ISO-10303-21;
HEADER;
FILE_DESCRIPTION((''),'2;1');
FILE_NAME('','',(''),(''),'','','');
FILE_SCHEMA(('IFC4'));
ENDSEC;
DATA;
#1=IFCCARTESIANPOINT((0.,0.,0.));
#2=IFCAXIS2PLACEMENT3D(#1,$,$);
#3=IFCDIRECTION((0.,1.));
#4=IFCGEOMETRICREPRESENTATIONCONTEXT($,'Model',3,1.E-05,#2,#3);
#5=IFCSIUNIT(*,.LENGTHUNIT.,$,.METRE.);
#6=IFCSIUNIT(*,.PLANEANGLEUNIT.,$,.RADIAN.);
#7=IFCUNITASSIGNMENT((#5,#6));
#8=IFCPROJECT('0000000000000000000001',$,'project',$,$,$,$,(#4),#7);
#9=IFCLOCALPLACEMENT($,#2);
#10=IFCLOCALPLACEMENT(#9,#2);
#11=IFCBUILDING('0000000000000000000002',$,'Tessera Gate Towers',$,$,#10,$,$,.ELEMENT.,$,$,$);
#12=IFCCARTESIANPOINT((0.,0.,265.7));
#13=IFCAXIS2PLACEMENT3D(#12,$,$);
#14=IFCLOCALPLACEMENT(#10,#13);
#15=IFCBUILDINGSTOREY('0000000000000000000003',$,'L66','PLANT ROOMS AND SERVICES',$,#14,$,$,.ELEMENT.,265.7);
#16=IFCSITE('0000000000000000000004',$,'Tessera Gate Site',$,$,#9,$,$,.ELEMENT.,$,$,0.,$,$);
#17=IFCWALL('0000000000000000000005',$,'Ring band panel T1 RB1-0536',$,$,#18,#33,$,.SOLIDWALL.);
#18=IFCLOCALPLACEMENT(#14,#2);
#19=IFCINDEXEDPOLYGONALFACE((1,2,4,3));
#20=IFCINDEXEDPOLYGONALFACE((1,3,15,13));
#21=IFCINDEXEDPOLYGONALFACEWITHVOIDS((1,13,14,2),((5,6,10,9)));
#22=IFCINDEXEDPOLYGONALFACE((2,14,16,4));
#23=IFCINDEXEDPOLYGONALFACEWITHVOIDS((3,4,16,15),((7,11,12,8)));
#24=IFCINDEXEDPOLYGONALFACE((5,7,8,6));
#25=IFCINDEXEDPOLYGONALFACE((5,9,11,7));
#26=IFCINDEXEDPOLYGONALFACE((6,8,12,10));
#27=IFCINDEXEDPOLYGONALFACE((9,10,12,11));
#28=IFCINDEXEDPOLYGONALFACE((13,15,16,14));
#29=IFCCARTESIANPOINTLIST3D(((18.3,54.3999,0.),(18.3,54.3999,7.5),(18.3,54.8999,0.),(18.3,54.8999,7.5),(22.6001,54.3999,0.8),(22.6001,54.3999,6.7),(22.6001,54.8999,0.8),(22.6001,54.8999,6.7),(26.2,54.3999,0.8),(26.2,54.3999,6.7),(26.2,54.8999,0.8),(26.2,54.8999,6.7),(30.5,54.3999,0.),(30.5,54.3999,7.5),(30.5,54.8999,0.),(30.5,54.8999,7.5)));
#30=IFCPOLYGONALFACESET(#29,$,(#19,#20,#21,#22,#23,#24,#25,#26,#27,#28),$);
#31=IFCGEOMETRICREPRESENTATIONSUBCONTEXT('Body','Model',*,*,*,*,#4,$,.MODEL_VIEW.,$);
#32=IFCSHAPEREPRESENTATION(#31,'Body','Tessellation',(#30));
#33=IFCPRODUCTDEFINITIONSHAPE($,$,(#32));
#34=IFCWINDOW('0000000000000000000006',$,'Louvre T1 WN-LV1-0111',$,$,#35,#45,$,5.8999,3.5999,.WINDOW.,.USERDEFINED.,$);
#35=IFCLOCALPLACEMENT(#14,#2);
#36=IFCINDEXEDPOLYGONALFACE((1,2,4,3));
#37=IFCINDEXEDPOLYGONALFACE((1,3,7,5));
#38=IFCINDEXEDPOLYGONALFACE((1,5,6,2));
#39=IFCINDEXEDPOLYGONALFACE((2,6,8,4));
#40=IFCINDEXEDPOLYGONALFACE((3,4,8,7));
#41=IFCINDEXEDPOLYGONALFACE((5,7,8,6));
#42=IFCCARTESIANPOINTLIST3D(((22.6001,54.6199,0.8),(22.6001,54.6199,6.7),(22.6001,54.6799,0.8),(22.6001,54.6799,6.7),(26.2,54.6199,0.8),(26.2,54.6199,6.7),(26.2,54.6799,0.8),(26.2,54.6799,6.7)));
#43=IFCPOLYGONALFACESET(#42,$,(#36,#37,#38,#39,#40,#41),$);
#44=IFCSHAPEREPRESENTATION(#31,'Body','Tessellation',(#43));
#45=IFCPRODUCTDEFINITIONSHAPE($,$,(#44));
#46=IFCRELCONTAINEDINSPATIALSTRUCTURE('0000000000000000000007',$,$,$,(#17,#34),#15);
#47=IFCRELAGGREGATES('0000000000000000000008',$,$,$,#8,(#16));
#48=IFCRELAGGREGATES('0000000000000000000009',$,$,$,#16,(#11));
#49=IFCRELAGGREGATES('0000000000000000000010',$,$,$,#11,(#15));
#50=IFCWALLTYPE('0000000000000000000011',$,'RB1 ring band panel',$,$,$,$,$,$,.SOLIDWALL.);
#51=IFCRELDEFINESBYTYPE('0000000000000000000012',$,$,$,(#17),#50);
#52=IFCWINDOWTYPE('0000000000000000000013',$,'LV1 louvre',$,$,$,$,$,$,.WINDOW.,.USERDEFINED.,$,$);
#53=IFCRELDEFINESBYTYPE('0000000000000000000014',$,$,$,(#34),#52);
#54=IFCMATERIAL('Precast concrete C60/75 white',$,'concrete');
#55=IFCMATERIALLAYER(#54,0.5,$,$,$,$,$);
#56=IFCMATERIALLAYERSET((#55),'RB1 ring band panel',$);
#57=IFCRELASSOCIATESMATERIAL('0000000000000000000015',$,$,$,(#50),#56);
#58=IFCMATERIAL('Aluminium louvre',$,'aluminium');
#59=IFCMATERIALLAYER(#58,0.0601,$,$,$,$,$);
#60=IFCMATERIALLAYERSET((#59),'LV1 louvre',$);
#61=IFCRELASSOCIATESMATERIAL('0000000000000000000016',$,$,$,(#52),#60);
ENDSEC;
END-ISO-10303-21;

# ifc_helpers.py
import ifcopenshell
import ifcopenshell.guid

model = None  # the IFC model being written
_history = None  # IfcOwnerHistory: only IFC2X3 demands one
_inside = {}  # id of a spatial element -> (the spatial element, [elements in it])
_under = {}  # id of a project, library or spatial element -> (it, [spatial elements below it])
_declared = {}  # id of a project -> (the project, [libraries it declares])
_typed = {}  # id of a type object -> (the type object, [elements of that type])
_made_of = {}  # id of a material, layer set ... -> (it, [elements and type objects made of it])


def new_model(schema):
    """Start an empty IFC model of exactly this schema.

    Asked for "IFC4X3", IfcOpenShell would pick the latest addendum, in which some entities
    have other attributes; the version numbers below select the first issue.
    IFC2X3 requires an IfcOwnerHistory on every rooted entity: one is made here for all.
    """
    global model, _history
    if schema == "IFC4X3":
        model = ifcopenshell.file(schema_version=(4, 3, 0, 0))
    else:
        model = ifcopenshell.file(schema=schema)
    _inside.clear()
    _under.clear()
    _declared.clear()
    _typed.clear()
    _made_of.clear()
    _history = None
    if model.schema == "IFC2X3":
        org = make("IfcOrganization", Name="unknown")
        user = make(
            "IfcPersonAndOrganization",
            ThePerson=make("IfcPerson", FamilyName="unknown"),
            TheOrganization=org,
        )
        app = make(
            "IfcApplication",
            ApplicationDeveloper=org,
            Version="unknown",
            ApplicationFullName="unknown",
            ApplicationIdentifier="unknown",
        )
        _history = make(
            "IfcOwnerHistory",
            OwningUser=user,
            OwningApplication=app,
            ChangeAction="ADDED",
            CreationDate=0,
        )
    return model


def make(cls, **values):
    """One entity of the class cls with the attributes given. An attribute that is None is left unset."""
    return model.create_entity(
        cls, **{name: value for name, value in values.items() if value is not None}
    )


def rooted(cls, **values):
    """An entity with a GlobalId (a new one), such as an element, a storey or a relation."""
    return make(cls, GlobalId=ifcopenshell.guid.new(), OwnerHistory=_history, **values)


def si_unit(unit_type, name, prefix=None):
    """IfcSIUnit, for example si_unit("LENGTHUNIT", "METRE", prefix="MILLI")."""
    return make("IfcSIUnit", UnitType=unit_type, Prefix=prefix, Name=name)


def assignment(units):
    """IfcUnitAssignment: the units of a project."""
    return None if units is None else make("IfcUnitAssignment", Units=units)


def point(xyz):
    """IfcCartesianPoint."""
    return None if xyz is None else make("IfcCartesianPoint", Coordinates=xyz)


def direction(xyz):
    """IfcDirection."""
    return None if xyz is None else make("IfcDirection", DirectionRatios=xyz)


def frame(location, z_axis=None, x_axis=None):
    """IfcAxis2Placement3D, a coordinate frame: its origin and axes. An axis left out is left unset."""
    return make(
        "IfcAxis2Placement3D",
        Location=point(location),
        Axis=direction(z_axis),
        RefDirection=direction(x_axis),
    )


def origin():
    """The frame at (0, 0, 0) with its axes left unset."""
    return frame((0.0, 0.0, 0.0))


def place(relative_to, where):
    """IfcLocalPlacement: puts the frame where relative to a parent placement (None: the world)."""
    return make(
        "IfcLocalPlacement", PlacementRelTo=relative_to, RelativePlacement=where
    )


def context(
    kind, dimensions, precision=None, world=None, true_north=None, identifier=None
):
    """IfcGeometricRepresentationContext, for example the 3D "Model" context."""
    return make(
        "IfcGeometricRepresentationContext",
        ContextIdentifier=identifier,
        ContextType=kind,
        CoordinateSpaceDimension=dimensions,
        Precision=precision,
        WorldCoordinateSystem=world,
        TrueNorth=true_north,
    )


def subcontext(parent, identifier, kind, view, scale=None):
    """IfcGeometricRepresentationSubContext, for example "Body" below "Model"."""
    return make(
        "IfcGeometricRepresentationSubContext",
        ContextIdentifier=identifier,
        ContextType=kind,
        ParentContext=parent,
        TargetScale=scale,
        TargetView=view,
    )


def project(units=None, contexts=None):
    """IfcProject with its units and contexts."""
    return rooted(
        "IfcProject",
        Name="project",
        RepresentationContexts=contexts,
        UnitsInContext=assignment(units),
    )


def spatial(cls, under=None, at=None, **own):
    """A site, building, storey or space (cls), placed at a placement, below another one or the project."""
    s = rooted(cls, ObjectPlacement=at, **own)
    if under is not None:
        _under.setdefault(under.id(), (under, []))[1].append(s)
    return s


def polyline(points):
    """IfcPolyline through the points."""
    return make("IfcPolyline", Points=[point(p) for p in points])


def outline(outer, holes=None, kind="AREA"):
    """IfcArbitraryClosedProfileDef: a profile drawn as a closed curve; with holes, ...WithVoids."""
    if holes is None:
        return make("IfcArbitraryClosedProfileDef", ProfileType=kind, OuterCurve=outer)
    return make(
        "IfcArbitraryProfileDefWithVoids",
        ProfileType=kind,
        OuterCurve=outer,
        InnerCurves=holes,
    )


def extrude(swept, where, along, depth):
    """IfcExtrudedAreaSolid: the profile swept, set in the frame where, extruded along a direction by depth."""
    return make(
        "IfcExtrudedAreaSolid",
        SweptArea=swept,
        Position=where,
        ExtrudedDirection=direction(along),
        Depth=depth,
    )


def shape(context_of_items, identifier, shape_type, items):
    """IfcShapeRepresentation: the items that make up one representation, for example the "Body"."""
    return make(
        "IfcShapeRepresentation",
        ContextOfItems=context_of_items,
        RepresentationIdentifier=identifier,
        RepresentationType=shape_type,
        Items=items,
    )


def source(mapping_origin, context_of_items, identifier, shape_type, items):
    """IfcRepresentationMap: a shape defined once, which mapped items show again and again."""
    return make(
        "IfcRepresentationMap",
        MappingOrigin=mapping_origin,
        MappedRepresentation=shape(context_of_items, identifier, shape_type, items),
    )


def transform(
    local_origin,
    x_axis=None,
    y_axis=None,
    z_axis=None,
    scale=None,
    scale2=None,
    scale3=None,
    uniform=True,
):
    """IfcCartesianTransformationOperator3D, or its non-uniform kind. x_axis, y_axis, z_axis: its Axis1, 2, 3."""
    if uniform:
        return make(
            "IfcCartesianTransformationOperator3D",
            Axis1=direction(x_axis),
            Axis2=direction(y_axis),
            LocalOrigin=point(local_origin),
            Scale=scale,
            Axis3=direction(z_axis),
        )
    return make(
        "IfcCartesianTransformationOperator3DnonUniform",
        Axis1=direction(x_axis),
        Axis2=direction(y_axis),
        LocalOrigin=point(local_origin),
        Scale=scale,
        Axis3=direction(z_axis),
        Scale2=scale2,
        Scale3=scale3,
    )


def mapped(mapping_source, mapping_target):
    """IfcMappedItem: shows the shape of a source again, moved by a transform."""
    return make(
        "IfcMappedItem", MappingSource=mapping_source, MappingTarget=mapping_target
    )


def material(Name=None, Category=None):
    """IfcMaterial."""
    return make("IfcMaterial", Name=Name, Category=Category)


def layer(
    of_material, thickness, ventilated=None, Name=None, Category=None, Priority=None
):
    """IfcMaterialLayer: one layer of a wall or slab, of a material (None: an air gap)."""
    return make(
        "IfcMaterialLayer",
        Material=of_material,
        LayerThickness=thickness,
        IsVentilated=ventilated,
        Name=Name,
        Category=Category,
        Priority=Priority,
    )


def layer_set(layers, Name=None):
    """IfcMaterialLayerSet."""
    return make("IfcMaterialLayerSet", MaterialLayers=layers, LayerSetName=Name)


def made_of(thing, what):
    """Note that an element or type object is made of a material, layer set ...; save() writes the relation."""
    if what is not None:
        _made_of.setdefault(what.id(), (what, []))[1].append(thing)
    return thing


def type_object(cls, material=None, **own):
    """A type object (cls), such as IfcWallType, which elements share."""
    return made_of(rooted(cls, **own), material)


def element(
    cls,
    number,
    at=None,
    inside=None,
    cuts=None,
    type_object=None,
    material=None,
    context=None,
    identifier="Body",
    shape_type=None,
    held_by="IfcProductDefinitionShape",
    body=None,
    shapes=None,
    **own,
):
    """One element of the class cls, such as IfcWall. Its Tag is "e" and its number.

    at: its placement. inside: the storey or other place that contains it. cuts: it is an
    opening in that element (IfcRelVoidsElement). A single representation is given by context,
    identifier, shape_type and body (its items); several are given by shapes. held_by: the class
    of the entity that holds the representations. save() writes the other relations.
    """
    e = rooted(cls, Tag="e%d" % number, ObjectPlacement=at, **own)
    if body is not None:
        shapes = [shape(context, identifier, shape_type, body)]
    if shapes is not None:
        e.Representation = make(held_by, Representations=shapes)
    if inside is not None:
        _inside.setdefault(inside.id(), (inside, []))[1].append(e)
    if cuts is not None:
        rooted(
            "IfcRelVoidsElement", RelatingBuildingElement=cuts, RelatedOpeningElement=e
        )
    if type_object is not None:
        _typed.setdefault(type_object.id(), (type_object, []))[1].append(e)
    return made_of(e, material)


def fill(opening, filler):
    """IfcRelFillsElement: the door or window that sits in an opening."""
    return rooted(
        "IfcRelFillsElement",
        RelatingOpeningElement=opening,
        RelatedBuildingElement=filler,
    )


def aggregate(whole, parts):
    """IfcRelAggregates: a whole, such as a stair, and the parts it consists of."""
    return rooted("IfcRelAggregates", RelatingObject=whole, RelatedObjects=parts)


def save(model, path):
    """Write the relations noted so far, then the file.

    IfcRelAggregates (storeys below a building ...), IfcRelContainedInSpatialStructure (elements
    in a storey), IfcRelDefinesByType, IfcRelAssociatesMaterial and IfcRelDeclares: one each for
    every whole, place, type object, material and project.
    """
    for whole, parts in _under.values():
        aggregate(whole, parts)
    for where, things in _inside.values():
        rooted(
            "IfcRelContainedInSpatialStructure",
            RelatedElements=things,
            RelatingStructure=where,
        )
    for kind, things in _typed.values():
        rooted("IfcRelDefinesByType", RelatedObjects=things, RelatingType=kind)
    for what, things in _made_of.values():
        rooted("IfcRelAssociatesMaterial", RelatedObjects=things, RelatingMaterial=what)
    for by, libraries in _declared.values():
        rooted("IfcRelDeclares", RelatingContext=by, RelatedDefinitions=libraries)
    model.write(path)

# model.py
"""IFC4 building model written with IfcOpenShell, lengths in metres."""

from ifc_helpers import new_model, si_unit, direction, frame, origin, place, context, subcontext, project, spatial, polyline, outline, extrude, source, transform, mapped, material, layer, layer_set, type_object, element, fill, save


model = new_model("IFC4")

# Units and contexts
model_context = context("Model", 3, precision=1e-05, world=origin(), true_north=direction((0.0, 1.0)))
body_context = subcontext(model_context, "Body", "Model", "MODEL_VIEW")
ifc_project = project(units=[si_unit("LENGTHUNIT", "METRE"), si_unit("PLANEANGLEUNIT", "RADIAN")], contexts=[model_context])

# Site, building, storey
site_placement = place(None, origin())
site = spatial("IfcSite", under=ifc_project, at=site_placement, Name="Tessera Gate Site", CompositionType="ELEMENT", RefElevation=0.0)
building_placement = place(site_placement, origin())
building = spatial("IfcBuilding", under=site, at=building_placement, Name="Tessera Gate Towers", CompositionType="ELEMENT")
storey_placement = place(building_placement, frame((0.0, 0.0, 265.7)))
storey = spatial("IfcBuildingStorey", under=building, at=storey_placement, Name="L66", Description="PLANT ROOMS AND SERVICES", CompositionType="ELEMENT", Elevation=265.7)

# Wall, opening, window
ifc_material_1 = material(Name="Precast concrete C60/75 white", Category="concrete")
ifc_layer_1 = layer(ifc_material_1, 0.5)
ifc_layer_set_1 = layer_set([ifc_layer_1], Name="RB1 ring band panel")
wall_type_1 = type_object("IfcWallType", Name="RB1 ring band panel", PredefinedType="SOLIDWALL", material=ifc_layer_set_1)
shared_shape_1 = source(origin(), body_context, "Body", "SweptSolid", [
    extrude(outline(polyline([(0.0, 0.0), (12.2, 0.0), (12.2, 7.5), (0.0, 7.5), (0.0, 0.0)])), frame((0.0, 0.25, 0.0), z_axis=(0.0, -1.0, 0.0), x_axis=(1.0, 0.0, 0.0)), (0.0, 0.0, 1.0), 0.5),
])
wall_1_placement = place(storey_placement, frame((30.5, 54.6499, 0.0), z_axis=(0.0, 0.0, 1.0), x_axis=(-1.0, 0.0, 0.0)))
wall_1 = element("IfcWall", 1, at=wall_1_placement, inside=storey, type_object=wall_type_1, Name="Ring band panel T1 RB1-0536", PredefinedType="SOLIDWALL", context=body_context, shape_type="MappedRepresentation", body=[
    mapped(shared_shape_1, transform((0.0, 0.0, 0.0), scale=1.0)),
])
shared_shape_2 = source(origin(), body_context, "Body", "SweptSolid", [
    extrude(outline(polyline([(4.3, 0.8), (7.8999, 0.8), (7.8999, 6.7), (4.3, 6.7), (4.3, 0.8)])), frame((0.0, 0.26, 0.0), z_axis=(0.0, -1.0, 0.0), x_axis=(1.0, 0.0, 0.0)), (0.0, 0.0, 1.0), 0.52),
])
opening_1_placement = place(wall_1_placement, origin())
opening_1 = element("IfcOpeningElement", 2, at=opening_1_placement, cuts=wall_1, PredefinedType="OPENING", context=body_context, shape_type="MappedRepresentation", body=[
    mapped(shared_shape_2, transform((0.0, 0.0, 0.0), scale=1.0)),
])
ifc_material_2 = material(Name="Aluminium louvre", Category="aluminium")
ifc_layer_2 = layer(ifc_material_2, 0.0601)
ifc_layer_set_2 = layer_set([ifc_layer_2], Name="LV1 louvre")
window_type = type_object("IfcWindowType", Name="LV1 louvre", PartitioningType="USERDEFINED", PredefinedType="WINDOW", material=ifc_layer_set_2)
shared_shape_3 = source(origin(), body_context, "Body", "SweptSolid", [
    extrude(outline(polyline([(4.3, 0.8), (7.8999, 0.8), (7.8999, 6.7), (4.3, 6.7), (4.3, 0.8)])), frame((0.0, 0.03, 0.0), z_axis=(0.0, -1.0, 0.0), x_axis=(1.0, 0.0, 0.0)), (0.0, 0.0, 1.0), 0.0601),
])
window_placement = place(opening_1_placement, origin())
window = element("IfcWindow", 3, at=window_placement, inside=storey, type_object=window_type, Name="Louvre T1 WN-LV1-0111", OverallHeight=5.8999, OverallWidth=3.5999, PartitioningType="USERDEFINED", PredefinedType="WINDOW", context=body_context, shape_type="MappedRepresentation", body=[
    mapped(shared_shape_3, transform((0.0, 0.0, 0.0), scale=1.0)),
])
fill(opening_1, window)

save(model, "model.ifc")
